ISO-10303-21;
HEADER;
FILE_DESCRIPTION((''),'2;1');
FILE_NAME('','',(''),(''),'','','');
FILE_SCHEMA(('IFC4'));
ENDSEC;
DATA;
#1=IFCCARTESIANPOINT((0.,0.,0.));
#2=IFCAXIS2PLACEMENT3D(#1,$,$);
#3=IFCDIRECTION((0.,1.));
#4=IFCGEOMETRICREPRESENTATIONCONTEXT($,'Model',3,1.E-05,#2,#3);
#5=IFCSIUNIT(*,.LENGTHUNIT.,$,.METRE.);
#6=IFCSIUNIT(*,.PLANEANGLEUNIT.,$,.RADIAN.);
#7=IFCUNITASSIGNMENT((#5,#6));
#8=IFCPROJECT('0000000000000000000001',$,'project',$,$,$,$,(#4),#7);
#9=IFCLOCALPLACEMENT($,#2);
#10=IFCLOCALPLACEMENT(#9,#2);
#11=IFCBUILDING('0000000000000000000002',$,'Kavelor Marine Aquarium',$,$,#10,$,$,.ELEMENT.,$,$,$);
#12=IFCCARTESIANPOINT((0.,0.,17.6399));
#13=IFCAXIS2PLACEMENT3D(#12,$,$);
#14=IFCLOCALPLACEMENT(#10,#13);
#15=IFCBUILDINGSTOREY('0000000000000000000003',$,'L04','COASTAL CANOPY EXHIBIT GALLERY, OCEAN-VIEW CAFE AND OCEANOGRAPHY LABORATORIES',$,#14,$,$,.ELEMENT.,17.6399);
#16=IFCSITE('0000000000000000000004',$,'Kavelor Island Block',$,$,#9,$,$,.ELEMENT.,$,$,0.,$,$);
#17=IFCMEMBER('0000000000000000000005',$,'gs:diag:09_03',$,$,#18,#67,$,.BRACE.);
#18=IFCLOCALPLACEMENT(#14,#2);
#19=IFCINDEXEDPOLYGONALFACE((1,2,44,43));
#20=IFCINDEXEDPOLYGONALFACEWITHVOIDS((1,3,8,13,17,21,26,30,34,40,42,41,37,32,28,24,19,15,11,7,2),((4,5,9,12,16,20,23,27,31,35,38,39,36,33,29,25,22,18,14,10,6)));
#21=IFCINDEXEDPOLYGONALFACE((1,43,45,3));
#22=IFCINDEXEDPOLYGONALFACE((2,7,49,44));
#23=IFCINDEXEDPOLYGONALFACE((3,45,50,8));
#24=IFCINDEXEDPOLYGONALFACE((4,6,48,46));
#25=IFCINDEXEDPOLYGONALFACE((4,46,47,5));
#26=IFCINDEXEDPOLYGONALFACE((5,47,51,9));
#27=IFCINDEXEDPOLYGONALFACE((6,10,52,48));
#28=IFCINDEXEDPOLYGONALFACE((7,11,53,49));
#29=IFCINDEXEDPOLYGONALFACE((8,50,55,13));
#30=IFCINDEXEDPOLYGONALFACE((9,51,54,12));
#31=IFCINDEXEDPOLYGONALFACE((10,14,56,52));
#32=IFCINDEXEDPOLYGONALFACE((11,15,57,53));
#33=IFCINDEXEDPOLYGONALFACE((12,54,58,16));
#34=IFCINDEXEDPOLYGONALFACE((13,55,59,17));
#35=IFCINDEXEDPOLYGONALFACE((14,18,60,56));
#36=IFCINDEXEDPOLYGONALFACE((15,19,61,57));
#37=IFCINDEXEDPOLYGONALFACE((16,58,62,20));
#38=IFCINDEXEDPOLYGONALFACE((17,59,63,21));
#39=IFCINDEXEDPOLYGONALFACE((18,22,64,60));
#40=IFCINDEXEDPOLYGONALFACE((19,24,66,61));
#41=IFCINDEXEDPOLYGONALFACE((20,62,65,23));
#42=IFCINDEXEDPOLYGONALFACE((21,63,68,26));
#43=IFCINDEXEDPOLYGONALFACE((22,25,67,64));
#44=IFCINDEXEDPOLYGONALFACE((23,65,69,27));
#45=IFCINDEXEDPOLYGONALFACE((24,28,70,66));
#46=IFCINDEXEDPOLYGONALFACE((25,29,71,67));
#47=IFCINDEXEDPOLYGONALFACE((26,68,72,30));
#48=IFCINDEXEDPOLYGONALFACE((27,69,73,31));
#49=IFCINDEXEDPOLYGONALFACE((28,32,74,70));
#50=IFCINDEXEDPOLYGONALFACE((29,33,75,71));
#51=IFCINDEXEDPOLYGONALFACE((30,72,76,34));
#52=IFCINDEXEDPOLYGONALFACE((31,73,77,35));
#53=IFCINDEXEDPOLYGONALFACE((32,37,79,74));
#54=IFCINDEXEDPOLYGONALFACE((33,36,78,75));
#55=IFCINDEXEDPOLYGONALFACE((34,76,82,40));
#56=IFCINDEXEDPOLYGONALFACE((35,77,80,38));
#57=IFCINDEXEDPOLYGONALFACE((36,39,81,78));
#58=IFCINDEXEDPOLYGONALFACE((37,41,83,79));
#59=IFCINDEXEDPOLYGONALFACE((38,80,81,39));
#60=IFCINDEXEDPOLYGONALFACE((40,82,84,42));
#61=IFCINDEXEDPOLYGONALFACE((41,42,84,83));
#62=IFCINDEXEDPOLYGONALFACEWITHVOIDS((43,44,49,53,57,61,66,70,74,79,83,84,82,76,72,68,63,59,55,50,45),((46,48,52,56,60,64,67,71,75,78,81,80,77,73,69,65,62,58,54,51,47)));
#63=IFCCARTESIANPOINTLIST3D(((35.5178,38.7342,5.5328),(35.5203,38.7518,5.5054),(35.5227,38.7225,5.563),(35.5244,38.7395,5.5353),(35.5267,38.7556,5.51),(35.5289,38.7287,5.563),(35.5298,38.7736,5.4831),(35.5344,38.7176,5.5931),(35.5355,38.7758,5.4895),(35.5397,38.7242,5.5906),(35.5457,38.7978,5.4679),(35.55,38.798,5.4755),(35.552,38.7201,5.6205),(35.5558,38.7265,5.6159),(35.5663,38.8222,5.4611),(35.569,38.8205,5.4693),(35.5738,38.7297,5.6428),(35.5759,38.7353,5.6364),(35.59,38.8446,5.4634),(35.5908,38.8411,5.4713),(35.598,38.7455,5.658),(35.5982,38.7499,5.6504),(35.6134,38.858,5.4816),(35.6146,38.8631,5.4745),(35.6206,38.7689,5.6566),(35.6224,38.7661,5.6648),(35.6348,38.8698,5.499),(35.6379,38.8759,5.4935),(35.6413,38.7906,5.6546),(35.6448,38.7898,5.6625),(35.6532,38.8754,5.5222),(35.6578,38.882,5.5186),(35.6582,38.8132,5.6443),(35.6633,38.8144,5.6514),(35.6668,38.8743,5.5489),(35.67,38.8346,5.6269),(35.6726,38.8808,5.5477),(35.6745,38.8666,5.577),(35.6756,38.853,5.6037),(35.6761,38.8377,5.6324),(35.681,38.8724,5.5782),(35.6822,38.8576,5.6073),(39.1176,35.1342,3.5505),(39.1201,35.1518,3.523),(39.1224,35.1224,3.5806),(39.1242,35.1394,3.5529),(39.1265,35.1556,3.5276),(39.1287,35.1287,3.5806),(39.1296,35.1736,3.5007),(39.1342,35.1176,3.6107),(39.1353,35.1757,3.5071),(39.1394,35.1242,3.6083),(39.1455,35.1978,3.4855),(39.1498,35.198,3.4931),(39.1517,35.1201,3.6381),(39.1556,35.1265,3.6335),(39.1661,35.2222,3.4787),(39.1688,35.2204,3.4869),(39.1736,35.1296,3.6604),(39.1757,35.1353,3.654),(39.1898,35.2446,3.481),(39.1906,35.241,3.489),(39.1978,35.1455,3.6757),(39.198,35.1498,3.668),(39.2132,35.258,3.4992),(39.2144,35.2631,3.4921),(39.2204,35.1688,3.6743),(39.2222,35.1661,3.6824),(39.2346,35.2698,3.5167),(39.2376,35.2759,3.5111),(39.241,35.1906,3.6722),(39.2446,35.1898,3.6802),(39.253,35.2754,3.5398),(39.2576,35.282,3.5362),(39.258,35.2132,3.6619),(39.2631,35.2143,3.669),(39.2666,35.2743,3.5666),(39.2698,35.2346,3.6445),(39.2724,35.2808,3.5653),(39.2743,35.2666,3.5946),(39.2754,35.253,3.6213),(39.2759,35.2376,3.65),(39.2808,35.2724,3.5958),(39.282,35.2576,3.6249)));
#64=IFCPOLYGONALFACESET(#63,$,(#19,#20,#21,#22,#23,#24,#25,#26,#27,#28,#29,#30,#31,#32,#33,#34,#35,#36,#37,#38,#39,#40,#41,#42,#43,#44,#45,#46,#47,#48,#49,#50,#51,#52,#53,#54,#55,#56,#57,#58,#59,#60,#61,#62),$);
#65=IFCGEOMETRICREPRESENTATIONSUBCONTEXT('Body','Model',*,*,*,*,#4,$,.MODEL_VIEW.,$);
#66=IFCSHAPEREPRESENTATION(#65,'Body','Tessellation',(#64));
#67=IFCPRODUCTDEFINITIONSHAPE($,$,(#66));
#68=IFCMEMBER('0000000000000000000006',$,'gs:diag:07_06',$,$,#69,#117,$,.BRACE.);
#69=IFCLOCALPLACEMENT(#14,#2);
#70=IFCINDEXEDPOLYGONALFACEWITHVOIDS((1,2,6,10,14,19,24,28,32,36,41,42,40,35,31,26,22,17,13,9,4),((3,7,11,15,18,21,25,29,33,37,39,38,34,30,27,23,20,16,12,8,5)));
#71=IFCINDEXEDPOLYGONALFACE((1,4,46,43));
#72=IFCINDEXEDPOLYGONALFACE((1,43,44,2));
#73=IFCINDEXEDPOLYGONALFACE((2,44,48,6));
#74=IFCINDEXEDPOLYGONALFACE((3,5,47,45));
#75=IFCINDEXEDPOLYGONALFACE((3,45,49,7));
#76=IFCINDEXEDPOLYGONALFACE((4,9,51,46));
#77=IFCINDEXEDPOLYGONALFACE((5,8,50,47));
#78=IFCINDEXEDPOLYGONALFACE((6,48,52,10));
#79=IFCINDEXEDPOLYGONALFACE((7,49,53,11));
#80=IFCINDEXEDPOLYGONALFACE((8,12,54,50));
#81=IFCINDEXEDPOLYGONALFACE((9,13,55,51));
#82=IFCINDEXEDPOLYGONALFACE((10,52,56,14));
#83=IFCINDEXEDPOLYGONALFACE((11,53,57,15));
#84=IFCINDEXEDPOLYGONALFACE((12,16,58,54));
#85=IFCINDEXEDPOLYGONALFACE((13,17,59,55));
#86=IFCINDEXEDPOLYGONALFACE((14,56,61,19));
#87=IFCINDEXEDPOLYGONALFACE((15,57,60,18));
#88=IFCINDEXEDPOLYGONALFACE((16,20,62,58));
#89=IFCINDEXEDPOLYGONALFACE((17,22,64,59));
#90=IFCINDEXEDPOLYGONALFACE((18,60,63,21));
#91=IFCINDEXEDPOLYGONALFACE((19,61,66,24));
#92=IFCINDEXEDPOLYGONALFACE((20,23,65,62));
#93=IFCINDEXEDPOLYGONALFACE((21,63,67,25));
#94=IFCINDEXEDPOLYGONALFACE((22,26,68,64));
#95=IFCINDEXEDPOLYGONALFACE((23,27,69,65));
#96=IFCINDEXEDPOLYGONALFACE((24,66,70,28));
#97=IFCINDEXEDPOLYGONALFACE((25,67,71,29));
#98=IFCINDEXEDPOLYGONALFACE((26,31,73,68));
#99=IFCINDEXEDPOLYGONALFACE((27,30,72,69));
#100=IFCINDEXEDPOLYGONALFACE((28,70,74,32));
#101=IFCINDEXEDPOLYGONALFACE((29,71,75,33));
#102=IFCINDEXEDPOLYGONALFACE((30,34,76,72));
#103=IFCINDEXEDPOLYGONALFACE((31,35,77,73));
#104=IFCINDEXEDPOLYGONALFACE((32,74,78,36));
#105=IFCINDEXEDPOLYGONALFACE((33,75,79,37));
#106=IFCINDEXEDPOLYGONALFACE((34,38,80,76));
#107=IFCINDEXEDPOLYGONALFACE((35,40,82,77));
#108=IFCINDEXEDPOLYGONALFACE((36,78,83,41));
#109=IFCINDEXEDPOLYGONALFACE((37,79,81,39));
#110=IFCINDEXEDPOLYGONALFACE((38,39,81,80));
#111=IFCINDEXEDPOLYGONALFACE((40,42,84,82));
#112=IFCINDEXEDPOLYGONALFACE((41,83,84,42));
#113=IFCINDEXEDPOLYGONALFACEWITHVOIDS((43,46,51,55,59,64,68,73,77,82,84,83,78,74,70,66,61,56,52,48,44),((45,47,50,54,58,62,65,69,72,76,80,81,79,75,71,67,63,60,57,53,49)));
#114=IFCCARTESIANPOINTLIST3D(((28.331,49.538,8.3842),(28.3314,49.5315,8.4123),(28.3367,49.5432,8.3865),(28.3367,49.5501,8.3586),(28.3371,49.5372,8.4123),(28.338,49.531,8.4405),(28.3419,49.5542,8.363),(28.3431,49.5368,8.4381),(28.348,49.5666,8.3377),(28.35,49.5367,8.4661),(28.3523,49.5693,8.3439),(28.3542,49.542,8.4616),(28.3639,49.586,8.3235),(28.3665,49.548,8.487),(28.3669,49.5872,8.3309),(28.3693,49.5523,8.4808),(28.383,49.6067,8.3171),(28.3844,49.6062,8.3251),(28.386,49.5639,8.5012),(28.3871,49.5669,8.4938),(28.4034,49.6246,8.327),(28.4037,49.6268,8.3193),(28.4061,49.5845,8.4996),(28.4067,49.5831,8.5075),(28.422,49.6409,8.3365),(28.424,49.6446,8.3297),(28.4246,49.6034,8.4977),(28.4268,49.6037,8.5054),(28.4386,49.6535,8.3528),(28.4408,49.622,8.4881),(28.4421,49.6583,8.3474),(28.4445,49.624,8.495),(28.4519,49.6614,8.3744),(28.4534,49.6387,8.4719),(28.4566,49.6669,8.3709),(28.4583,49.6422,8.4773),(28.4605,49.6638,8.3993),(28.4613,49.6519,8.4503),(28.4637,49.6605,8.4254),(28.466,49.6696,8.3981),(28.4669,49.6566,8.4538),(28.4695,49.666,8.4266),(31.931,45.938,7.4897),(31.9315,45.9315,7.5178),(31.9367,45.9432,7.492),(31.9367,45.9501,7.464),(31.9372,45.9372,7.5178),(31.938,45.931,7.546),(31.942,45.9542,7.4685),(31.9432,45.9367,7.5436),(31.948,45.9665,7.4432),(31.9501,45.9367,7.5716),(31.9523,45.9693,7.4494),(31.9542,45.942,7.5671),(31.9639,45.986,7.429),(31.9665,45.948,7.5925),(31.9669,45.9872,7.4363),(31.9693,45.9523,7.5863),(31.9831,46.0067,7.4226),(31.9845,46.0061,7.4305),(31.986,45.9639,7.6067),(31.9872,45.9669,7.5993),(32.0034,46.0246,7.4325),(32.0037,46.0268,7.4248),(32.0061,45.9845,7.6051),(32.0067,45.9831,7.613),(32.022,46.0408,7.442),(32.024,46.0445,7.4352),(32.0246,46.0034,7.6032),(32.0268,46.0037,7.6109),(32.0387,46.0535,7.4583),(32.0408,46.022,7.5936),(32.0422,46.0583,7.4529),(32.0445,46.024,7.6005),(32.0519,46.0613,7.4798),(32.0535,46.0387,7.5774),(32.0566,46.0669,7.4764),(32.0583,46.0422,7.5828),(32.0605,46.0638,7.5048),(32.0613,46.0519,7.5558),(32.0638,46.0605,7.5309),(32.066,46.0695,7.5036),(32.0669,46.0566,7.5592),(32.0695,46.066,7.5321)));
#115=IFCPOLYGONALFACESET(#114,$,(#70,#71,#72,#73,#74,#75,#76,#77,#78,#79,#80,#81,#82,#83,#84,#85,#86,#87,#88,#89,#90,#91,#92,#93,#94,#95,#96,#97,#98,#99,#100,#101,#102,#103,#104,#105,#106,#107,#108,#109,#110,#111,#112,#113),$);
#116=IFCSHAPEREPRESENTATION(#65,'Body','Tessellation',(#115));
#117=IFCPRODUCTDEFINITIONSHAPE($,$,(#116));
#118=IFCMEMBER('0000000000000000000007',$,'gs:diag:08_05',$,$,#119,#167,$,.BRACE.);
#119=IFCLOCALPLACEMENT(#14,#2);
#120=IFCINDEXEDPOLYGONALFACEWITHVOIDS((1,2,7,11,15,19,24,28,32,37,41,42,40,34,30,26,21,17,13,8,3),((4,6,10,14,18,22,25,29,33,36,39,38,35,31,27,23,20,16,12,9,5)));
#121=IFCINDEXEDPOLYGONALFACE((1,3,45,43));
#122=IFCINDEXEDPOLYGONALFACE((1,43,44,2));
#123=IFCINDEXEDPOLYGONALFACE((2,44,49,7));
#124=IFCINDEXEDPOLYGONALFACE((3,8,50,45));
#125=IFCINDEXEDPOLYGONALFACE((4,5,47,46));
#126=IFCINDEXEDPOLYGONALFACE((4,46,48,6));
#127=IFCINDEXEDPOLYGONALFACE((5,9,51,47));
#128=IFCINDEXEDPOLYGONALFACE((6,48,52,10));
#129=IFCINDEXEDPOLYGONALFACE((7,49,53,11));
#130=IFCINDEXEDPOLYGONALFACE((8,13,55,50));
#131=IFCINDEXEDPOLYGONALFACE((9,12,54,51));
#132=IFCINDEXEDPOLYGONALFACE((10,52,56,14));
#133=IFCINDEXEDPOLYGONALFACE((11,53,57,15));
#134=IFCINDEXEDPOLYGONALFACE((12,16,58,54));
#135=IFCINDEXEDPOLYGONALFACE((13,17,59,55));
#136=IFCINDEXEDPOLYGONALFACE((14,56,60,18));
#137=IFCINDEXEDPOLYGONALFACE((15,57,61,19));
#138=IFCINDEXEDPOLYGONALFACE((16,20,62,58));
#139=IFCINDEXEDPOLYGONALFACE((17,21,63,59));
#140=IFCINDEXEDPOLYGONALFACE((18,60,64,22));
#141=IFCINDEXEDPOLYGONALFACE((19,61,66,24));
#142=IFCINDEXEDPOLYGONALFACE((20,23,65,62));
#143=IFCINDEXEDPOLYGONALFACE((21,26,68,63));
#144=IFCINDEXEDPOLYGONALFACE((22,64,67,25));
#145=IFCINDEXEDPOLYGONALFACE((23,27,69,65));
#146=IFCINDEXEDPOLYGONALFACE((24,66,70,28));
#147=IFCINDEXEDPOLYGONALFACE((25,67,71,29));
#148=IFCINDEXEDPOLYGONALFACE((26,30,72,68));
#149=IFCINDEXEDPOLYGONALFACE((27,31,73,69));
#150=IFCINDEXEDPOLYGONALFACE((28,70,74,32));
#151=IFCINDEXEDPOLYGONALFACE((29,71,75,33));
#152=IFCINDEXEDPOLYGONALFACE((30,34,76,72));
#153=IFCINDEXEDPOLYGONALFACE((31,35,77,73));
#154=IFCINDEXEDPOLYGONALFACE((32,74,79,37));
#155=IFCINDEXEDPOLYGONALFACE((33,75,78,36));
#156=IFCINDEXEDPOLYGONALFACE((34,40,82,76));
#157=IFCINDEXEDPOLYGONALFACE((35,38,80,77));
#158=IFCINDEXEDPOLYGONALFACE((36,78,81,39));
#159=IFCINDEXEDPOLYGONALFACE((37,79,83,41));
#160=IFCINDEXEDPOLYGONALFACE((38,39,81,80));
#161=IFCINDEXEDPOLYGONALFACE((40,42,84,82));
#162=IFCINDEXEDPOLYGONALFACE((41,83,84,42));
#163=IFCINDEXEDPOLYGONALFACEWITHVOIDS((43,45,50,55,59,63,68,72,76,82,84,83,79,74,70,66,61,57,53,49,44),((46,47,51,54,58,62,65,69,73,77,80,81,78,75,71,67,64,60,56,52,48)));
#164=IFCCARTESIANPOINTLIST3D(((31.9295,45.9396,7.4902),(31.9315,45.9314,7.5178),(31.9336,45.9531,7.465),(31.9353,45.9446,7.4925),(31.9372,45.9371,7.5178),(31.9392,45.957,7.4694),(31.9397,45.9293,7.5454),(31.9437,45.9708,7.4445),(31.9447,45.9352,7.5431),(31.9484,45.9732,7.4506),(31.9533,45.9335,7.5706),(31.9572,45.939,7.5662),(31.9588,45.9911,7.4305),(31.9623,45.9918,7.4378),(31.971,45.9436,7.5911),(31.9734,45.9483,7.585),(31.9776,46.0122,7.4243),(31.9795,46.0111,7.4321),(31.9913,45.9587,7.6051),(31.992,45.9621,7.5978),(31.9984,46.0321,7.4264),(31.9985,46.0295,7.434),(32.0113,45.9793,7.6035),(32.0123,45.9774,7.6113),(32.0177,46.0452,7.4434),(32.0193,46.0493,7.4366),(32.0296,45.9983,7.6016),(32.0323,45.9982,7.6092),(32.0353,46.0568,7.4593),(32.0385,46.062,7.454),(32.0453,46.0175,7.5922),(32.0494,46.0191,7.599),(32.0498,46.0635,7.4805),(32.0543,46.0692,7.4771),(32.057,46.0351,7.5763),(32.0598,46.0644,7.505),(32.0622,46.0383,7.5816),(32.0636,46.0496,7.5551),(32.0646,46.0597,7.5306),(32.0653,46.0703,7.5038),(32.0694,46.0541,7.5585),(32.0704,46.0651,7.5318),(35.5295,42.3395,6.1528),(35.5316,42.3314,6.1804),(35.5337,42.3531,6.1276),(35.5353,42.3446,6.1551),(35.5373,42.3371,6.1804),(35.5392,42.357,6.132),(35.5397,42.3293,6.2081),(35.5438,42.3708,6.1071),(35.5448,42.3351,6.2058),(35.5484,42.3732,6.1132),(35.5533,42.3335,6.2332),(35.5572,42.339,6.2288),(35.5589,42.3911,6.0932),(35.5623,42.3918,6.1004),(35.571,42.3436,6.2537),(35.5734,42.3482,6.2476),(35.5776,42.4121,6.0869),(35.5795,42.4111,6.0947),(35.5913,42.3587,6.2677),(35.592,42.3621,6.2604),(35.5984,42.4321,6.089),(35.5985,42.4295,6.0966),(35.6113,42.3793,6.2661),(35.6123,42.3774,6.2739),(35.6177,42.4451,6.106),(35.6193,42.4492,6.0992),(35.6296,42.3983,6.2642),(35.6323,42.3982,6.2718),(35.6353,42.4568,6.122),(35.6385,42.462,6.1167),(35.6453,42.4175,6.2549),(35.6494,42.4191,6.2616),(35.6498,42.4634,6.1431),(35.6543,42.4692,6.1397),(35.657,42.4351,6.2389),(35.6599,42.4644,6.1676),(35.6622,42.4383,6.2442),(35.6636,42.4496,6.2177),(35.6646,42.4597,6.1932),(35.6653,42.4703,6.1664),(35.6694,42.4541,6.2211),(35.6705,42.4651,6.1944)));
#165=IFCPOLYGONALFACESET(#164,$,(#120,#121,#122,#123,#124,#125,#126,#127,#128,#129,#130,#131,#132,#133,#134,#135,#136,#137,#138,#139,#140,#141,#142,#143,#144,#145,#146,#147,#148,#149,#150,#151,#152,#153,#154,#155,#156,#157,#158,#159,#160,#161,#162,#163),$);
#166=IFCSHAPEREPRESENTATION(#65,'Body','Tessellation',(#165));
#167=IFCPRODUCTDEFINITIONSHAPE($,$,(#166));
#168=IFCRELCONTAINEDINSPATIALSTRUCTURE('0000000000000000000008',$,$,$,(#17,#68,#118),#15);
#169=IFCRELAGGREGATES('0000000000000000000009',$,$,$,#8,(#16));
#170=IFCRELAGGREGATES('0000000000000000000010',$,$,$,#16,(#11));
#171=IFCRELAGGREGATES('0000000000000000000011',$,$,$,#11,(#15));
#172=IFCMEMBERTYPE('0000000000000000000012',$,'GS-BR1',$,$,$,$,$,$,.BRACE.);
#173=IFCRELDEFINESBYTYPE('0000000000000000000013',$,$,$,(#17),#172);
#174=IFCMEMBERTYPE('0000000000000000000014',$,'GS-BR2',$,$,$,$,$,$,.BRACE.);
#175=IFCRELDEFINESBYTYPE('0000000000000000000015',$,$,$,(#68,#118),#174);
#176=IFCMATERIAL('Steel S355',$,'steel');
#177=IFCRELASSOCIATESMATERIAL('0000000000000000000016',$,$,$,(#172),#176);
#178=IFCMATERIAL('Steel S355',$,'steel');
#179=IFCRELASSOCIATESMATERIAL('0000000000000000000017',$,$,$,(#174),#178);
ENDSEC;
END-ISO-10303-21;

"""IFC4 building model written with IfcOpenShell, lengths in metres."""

from ifc_helpers import new_model, si_unit, direction, frame, origin, origin_2d, place, context, subcontext, project, spatial, hollow_circle, extrude, material, material_profile, profile_set, type_object, element, save


model = new_model("IFC4")

# Units and contexts
model_context = context("Model", 3, precision=1e-05, world=origin(), true_north=direction((0.0, 1.0)))
body_context = subcontext(model_context, "Body", "Model", "MODEL_VIEW")
ifc_project = project(units=[si_unit("LENGTHUNIT", "METRE"), si_unit("PLANEANGLEUNIT", "RADIAN")], contexts=[model_context])

# Site, building, storey
site_placement = place(None, origin())
site = spatial("IfcSite", under=ifc_project, at=site_placement, Name="Kavelor Island Block", CompositionType="ELEMENT", RefElevation=0.0)
building_placement = place(site_placement, origin())
building = spatial("IfcBuilding", under=site, at=building_placement, Name="Kavelor Marine Aquarium", CompositionType="ELEMENT")
storey_placement = place(building_placement, frame((0.0, 0.0, 17.6399)))
storey = spatial("IfcBuildingStorey", under=building, at=storey_placement, Name="L04", Description="COASTAL CANOPY EXHIBIT GALLERY, OCEAN-VIEW CAFE AND OCEANOGRAPHY LABORATORIES", CompositionType="ELEMENT", Elevation=17.6399)

# Members
ifc_material_1 = material(Name="Steel S355", Category="steel")
ifc_material_profile_1 = material_profile(ifc_material_1, hollow_circle(Radius=0.1096, WallThickness=0.0088, at=origin_2d()), Name="CHS 219.1x8.8")
ifc_profile_set_1 = profile_set([ifc_material_profile_1], Name="Steel S355")
member_type_1 = type_object("IfcMemberType", Name="GS-BR1", PredefinedType="BRACE", material=ifc_profile_set_1)
member_1_placement = place(storey_placement, frame((39.2, 35.2, 3.5806), z_axis=(-0.658894, 0.658938, 0.362849), x_axis=(-0.707131, -0.707083, 0.0)))
element("IfcMember", 1, at=member_1_placement, inside=storey, type_object=member_type_1, Name="gs:diag:09_03", PredefinedType="BRACE", context=body_context, shape_type="SweptSolid", body=[
    extrude(hollow_circle(Radius=0.1096, WallThickness=0.0088, at=origin_2d()), origin(), (0.0, 0.0, 1.0), 5.4634),
])
ifc_material_2 = material(Name="Steel S355", Category="steel")
ifc_material_profile_2 = material_profile(ifc_material_2, hollow_circle(Radius=0.0969, WallThickness=0.0081, at=origin_2d()), Name="CHS 193.7x8.0")
ifc_profile_set_2 = profile_set([ifc_material_profile_2], Name="Steel S355")
member_type_2 = type_object("IfcMemberType", Name="GS-BR2", PredefinedType="BRACE", material=ifc_profile_set_2)
member_2_placement = place(storey_placement, frame((32.0, 46.0, 7.5178), z_axis=(-0.696439, 0.696439, 0.173047), x_axis=(-0.707107, -0.707107, 0.0)))
element("IfcMember", 2, at=member_2_placement, inside=storey, type_object=member_type_2, Name="gs:diag:07_06", PredefinedType="BRACE", context=body_context, shape_type="SweptSolid", body=[
    extrude(hollow_circle(Radius=0.0969, WallThickness=0.0081, at=origin_2d()), origin(), (0.0, 0.0, 1.0), 5.1692),
])
member_3_placement = place(storey_placement, frame((35.6001, 42.3999, 6.1804), z_axis=(-0.683905, 0.683905, 0.254064), x_axis=(-0.707107, -0.707107, 0.0)))
element("IfcMember", 3, at=member_3_placement, inside=storey, type_object=member_type_2, Name="gs:diag:08_05", PredefinedType="BRACE", context=body_context, shape_type="SweptSolid", body=[
    extrude(hollow_circle(Radius=0.0969, WallThickness=0.0081, at=origin_2d()), origin(), (0.0, 0.0, 1.0), 5.2639),
])

save(model, "model.ifc")
